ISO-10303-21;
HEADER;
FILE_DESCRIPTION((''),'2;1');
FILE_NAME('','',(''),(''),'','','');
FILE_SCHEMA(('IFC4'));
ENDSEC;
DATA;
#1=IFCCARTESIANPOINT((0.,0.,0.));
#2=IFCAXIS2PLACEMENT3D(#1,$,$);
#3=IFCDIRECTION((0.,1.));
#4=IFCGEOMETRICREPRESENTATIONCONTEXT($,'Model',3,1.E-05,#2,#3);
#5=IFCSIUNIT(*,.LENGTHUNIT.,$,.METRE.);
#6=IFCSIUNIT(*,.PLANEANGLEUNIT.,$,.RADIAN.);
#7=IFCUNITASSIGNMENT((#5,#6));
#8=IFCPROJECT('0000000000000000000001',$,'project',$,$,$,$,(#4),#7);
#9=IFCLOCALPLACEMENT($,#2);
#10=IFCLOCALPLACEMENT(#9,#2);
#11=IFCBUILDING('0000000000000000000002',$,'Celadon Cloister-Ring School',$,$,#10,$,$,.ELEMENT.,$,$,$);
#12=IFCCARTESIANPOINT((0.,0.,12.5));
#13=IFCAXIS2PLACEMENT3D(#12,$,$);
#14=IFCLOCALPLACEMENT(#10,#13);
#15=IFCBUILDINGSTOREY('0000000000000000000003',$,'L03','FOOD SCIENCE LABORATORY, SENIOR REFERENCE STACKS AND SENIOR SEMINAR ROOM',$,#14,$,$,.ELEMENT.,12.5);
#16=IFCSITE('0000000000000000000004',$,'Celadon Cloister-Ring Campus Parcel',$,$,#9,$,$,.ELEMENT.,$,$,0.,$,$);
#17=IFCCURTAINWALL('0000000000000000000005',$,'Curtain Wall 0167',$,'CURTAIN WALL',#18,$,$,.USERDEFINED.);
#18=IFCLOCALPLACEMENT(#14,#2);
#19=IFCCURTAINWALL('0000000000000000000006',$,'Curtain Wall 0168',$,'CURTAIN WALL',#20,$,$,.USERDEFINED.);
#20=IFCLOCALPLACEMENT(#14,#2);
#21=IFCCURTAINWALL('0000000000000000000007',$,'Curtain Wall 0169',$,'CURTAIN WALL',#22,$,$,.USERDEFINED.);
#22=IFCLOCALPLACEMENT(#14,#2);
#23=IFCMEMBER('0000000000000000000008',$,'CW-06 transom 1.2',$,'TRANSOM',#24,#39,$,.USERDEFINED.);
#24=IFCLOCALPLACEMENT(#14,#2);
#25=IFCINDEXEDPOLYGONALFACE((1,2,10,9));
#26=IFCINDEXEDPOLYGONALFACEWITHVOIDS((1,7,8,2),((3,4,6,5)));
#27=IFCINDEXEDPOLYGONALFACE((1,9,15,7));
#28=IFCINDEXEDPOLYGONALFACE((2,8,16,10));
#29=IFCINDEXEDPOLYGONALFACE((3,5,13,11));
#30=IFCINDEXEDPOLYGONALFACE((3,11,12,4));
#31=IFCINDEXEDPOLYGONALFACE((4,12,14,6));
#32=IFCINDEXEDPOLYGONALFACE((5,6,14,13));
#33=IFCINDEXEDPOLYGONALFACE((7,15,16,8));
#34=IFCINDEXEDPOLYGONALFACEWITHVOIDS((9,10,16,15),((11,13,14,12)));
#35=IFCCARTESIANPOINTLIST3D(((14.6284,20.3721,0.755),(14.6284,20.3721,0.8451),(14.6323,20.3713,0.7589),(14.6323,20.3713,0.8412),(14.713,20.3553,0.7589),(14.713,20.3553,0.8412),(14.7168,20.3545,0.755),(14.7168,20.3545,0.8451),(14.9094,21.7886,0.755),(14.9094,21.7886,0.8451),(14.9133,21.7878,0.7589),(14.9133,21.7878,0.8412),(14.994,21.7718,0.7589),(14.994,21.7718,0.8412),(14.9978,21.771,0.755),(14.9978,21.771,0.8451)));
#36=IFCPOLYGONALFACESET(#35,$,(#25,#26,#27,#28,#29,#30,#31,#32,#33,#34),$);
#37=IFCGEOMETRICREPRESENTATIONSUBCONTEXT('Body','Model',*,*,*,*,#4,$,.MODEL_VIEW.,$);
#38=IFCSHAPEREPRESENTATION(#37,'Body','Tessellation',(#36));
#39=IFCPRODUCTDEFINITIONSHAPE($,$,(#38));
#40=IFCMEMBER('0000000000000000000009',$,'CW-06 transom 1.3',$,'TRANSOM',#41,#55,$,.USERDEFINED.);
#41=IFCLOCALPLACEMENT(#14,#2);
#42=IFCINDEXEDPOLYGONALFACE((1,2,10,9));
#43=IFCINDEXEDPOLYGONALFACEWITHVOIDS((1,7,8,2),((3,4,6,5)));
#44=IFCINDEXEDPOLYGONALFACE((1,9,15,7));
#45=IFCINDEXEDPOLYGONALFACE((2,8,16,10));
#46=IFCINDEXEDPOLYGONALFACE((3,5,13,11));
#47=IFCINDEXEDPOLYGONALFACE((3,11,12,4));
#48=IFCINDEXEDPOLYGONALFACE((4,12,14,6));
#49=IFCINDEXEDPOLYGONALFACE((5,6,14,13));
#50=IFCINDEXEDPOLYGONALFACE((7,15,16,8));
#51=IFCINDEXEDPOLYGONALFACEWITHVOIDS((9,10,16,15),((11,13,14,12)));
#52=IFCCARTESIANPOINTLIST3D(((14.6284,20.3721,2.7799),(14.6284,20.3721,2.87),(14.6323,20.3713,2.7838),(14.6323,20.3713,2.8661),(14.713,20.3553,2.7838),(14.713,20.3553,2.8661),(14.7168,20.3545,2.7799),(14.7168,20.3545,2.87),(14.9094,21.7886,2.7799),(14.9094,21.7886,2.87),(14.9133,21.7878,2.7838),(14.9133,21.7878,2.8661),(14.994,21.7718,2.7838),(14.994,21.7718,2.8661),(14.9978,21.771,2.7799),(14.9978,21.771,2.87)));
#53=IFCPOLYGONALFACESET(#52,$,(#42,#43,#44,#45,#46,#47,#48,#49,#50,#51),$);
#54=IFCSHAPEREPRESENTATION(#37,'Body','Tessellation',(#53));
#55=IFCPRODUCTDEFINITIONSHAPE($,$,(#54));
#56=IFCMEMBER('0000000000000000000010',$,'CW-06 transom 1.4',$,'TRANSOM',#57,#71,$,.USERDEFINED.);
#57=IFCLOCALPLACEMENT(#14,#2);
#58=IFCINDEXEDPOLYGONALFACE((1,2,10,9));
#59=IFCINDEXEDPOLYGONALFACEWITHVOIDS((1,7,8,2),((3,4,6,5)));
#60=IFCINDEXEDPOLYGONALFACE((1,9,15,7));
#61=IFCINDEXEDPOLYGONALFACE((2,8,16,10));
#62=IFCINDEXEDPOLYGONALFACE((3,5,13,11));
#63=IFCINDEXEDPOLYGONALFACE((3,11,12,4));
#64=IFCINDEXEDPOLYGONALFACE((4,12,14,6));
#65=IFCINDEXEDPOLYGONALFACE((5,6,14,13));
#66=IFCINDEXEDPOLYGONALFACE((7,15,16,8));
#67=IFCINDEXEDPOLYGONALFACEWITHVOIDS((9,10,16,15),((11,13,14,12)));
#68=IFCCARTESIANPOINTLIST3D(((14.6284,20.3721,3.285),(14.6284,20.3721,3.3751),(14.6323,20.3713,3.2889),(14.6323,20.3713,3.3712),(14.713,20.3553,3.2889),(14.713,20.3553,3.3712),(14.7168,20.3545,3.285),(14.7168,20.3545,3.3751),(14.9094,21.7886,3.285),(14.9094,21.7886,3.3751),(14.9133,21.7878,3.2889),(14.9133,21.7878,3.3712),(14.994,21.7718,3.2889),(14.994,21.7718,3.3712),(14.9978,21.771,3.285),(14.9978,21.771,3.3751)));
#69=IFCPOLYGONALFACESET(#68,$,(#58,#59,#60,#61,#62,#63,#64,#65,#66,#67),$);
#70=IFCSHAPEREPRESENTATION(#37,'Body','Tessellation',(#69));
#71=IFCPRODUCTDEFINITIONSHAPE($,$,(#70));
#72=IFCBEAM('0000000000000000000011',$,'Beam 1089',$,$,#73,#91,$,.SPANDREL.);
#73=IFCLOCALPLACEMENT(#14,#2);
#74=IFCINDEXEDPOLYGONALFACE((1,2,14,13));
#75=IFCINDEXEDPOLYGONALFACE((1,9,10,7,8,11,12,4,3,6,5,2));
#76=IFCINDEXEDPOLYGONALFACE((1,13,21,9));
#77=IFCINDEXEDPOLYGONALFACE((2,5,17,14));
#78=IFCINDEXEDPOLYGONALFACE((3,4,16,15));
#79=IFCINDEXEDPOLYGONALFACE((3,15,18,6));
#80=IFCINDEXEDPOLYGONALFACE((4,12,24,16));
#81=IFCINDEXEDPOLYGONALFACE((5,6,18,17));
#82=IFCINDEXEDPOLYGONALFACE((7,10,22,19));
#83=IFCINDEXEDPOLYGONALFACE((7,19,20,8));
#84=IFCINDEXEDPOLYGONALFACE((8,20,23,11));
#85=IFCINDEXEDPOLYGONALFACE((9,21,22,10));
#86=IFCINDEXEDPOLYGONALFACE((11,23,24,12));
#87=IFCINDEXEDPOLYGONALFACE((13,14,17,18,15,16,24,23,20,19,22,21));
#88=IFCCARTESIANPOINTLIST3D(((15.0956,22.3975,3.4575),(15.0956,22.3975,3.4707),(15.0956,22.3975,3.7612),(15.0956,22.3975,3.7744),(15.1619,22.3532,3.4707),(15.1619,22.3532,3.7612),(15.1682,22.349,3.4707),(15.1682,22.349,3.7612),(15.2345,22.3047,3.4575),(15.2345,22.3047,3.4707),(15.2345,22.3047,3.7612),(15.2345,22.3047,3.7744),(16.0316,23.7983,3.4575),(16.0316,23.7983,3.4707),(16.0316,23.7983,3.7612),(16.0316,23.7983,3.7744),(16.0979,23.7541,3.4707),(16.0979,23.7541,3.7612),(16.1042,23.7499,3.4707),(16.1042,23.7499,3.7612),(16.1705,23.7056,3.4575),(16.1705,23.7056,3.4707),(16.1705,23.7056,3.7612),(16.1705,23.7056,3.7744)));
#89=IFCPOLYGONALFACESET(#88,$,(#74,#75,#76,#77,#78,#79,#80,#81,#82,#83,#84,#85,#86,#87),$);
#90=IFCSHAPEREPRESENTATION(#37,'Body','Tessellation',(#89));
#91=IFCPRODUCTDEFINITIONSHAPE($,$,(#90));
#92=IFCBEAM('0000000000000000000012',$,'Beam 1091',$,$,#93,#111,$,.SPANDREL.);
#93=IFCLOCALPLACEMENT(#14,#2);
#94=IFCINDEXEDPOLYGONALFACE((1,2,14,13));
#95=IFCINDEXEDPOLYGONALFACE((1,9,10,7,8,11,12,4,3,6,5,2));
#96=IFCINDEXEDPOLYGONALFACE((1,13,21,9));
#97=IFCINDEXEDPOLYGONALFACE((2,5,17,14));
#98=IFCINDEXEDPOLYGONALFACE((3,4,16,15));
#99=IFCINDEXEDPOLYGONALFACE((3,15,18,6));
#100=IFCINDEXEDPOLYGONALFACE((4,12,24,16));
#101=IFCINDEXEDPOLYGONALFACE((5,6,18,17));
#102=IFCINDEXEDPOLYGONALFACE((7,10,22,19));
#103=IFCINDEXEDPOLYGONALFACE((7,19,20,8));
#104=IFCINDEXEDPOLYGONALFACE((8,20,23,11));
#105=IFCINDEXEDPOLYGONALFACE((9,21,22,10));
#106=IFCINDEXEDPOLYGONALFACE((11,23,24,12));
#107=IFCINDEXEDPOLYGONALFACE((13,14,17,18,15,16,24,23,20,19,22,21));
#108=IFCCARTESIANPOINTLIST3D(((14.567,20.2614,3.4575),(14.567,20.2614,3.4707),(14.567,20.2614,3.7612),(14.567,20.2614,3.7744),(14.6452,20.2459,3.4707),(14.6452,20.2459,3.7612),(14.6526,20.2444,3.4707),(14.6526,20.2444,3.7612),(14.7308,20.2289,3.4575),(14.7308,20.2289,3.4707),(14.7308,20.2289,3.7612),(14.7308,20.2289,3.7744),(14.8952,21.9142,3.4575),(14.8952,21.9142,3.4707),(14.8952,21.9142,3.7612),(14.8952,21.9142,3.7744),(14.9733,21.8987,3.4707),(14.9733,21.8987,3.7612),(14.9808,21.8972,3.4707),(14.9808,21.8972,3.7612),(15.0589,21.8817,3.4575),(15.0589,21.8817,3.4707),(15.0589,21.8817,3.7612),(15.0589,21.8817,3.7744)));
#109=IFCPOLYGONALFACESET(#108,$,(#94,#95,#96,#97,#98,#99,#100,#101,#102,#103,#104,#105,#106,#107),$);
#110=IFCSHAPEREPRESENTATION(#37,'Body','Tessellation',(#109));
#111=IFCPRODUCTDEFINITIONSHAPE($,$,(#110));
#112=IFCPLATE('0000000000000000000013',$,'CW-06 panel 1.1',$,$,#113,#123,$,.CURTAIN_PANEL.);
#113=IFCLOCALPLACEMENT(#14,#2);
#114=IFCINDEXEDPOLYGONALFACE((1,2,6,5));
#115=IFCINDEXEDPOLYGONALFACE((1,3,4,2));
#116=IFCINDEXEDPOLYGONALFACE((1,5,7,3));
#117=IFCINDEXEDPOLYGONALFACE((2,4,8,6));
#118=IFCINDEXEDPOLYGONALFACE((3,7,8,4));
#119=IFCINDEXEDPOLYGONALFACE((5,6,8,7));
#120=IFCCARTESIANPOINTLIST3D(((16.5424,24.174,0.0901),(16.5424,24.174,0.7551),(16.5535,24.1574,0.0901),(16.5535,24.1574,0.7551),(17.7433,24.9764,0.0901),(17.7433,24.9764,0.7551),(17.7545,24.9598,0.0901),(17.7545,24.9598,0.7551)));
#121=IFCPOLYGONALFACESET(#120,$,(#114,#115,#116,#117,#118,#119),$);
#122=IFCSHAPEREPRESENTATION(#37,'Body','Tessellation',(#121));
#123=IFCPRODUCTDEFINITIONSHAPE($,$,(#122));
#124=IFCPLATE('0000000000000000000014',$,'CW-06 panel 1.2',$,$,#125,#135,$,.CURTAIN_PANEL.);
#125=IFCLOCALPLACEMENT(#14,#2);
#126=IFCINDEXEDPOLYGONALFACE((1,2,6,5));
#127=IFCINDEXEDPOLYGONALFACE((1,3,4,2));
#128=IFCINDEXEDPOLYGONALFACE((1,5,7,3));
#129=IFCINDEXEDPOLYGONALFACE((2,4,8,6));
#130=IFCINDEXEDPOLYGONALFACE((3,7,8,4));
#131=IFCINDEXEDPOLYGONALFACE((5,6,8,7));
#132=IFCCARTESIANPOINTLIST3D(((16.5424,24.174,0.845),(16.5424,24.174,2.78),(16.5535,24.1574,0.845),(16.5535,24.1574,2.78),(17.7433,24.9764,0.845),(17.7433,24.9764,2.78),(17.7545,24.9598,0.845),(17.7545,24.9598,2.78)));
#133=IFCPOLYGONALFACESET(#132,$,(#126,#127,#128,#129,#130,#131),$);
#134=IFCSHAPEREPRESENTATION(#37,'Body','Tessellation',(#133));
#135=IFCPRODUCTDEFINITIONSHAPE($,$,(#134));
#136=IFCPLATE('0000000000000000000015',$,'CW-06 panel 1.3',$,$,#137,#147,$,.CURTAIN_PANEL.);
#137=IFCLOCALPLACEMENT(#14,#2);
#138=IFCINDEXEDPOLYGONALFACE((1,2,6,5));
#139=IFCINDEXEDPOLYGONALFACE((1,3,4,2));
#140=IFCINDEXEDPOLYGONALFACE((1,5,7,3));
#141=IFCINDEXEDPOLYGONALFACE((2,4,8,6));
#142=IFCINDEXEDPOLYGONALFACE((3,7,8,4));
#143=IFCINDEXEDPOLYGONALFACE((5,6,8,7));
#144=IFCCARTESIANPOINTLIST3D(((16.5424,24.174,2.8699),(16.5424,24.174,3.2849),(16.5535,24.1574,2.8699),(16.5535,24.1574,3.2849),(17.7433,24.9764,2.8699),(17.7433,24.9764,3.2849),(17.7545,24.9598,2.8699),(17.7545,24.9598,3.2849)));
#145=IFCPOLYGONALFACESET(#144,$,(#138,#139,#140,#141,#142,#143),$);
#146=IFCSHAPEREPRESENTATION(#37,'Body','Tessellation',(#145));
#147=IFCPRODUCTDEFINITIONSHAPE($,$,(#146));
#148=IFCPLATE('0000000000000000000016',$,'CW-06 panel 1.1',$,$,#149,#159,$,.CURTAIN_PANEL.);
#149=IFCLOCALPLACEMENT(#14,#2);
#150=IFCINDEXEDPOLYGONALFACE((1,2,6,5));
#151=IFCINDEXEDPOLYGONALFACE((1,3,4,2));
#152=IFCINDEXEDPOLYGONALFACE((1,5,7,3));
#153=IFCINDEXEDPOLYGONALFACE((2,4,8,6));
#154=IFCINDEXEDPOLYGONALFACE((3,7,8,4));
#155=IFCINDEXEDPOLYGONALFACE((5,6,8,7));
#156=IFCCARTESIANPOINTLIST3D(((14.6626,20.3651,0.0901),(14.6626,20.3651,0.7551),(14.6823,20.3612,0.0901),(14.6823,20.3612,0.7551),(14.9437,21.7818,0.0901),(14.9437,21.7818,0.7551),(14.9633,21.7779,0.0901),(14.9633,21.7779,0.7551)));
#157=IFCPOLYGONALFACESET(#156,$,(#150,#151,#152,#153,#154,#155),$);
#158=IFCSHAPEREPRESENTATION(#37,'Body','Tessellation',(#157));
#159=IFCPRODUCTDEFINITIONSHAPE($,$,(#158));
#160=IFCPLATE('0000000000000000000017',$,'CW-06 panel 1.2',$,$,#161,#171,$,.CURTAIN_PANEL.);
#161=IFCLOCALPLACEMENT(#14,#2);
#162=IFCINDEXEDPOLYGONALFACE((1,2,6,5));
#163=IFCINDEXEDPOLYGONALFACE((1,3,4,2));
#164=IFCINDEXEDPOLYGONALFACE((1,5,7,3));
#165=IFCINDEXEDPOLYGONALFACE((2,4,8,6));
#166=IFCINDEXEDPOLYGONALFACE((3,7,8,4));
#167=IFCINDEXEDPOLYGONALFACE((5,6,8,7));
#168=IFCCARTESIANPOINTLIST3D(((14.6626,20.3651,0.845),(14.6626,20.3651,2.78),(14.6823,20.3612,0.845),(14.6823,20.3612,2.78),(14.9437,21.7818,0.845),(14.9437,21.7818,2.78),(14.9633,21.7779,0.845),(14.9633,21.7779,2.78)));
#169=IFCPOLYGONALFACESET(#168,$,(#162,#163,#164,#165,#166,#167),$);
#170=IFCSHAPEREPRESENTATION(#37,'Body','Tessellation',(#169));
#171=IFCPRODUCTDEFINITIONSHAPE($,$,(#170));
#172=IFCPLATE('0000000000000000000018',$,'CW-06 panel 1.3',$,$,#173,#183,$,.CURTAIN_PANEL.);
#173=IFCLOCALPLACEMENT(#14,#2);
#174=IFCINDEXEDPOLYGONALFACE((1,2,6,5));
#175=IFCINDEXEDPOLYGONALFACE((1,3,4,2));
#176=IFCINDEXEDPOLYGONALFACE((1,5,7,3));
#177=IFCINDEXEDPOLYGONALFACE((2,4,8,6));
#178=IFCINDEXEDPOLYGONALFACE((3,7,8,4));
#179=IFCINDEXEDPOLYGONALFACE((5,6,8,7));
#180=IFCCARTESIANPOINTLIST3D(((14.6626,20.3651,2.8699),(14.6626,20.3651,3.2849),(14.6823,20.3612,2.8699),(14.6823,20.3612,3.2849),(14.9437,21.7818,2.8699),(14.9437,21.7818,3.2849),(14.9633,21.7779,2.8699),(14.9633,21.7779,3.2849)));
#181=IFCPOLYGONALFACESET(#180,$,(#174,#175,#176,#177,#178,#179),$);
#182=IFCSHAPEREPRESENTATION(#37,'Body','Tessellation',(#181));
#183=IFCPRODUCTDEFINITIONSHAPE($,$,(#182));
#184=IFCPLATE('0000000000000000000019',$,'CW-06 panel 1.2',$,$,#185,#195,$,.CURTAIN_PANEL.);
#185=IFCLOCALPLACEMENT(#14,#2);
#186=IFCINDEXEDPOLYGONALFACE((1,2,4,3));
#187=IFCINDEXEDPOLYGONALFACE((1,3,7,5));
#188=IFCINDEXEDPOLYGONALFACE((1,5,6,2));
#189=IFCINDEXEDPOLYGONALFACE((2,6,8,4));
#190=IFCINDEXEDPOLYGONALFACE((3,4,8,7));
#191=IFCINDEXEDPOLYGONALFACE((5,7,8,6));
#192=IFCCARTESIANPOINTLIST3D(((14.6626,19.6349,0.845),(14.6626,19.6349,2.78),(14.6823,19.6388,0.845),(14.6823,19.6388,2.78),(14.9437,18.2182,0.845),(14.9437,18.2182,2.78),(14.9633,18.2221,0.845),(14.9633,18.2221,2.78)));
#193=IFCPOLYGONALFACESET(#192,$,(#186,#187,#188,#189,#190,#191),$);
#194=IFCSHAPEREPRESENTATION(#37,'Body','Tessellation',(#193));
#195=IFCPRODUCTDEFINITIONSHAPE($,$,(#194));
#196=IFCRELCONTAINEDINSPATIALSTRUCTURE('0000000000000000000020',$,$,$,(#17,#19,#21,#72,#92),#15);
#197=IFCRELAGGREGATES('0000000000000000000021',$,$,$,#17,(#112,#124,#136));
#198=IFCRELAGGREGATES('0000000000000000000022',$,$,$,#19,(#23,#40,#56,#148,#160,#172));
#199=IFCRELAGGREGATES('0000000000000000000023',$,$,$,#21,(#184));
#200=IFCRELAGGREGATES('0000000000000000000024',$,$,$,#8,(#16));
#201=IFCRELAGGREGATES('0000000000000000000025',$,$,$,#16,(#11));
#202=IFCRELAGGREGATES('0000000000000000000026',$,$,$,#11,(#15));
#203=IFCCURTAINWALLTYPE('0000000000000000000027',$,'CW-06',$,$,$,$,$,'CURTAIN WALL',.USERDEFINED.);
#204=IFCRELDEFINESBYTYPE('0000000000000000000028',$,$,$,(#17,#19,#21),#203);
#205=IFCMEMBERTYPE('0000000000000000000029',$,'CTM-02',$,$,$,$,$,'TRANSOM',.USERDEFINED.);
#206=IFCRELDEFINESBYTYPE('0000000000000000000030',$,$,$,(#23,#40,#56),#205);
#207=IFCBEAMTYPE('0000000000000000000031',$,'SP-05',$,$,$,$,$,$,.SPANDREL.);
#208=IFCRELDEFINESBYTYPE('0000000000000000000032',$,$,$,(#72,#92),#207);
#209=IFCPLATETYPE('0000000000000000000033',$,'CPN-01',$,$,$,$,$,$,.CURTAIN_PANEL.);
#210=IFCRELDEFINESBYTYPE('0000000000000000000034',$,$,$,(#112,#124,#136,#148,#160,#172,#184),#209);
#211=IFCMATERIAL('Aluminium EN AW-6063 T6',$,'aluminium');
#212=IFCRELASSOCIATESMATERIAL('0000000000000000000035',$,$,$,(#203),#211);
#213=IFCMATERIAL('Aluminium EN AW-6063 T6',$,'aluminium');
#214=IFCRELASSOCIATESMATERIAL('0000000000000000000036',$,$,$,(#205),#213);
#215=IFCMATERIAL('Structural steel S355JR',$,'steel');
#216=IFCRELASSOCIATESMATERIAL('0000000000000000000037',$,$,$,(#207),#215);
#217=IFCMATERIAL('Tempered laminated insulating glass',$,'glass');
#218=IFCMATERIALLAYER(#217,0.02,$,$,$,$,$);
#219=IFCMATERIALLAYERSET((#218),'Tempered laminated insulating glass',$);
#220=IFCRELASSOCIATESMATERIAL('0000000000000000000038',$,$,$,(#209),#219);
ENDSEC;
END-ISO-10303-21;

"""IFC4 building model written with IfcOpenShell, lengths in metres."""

from ifc_helpers import new_model, si_unit, direction, frame, origin, origin_2d, place, context, subcontext, project, spatial, rectangle, hollow_rectangle, i_section, extrude, material, layer, layer_set, material_profile, profile_set, type_object, element, aggregate, save


model = new_model("IFC4")

# Units and contexts
model_context = context("Model", 3, precision=1e-05, world=origin(), true_north=direction((0.0, 1.0)))
body_context = subcontext(model_context, "Body", "Model", "MODEL_VIEW")
ifc_project = project(units=[si_unit("LENGTHUNIT", "METRE"), si_unit("PLANEANGLEUNIT", "RADIAN")], contexts=[model_context])

# Site, building, storey
site_placement = place(None, origin())
site = spatial("IfcSite", under=ifc_project, at=site_placement, Name="Celadon Cloister-Ring Campus Parcel", CompositionType="ELEMENT", RefElevation=0.0)
building_placement = place(site_placement, origin())
building = spatial("IfcBuilding", under=site, at=building_placement, Name="Celadon Cloister-Ring School", CompositionType="ELEMENT")
storey_placement = place(building_placement, frame((0.0, 0.0, 12.5)))
storey = spatial("IfcBuildingStorey", under=building, at=storey_placement, Name="L03", Description="FOOD SCIENCE LABORATORY, SENIOR REFERENCE STACKS AND SENIOR SEMINAR ROOM", CompositionType="ELEMENT", Elevation=12.5)

# Curtain walls
ifc_material_1 = material(Name="Aluminium EN AW-6063 T6", Category="aluminium")
curtain_wall_type = type_object("IfcCurtainWallType", Name="CW-06", ElementType="CURTAIN WALL", PredefinedType="USERDEFINED", material=ifc_material_1)
curtain_wall_1_placement = place(storey_placement, origin())
curtain_wall_1 = element("IfcCurtainWall", 1, at=curtain_wall_1_placement, inside=storey, type_object=curtain_wall_type, Name="Curtain Wall 0167", ObjectType="CURTAIN WALL", PredefinedType="USERDEFINED")
curtain_wall_2_placement = place(storey_placement, origin())
curtain_wall_2 = element("IfcCurtainWall", 2, at=curtain_wall_2_placement, inside=storey, type_object=curtain_wall_type, Name="Curtain Wall 0168", ObjectType="CURTAIN WALL", PredefinedType="USERDEFINED")
curtain_wall_3_placement = place(storey_placement, origin())
curtain_wall_3 = element("IfcCurtainWall", 3, at=curtain_wall_3_placement, inside=storey, type_object=curtain_wall_type, Name="Curtain Wall 0169", ObjectType="CURTAIN WALL", PredefinedType="USERDEFINED")

# Members
ifc_material_2 = material(Name="Aluminium EN AW-6063 T6", Category="aluminium")
ifc_material_profile_1 = material_profile(ifc_material_2, hollow_rectangle(XDim=0.0901, YDim=0.0901, WallThickness=0.0039, at=origin_2d()), Name="RHS90X90X4")
ifc_profile_set_1 = profile_set([ifc_material_profile_1], Name="Aluminium EN AW-6063 T6")
member_type_1 = type_object("IfcMemberType", Name="CTM-02", ElementType="TRANSOM", PredefinedType="USERDEFINED", material=ifc_profile_set_1)
member_1_placement = place(storey_placement, frame((14.9536, 21.7798, 0.8), z_axis=(-0.194588, -0.980885, 0.0), x_axis=(0.980885, -0.194588, 0.0)))
member_1 = element("IfcMember", 4, at=member_1_placement, type_object=member_type_1, Name="CW-06 transom 1.2", ObjectType="TRANSOM", PredefinedType="USERDEFINED", context=body_context, shape_type="SweptSolid", body=[
    extrude(hollow_rectangle(XDim=0.0901, YDim=0.0901, WallThickness=0.0039, at=origin_2d()), origin(), (0.0, 0.0, 1.0), 1.4441),
])
member_2_placement = place(storey_placement, frame((14.9536, 21.7798, 2.825), z_axis=(-0.194588, -0.980885, 0.0), x_axis=(0.980885, -0.194588, 0.0)))
member_2 = element("IfcMember", 5, at=member_2_placement, type_object=member_type_1, Name="CW-06 transom 1.3", ObjectType="TRANSOM", PredefinedType="USERDEFINED", context=body_context, shape_type="SweptSolid", body=[
    extrude(hollow_rectangle(XDim=0.0901, YDim=0.0901, WallThickness=0.0039, at=origin_2d()), origin(), (0.0, 0.0, 1.0), 1.4441),
])
member_3_placement = place(storey_placement, frame((14.9536, 21.7798, 3.3301), z_axis=(-0.194588, -0.980885, 0.0), x_axis=(0.980885, -0.194588, 0.0)))
member_3 = element("IfcMember", 6, at=member_3_placement, type_object=member_type_1, Name="CW-06 transom 1.4", ObjectType="TRANSOM", PredefinedType="USERDEFINED", context=body_context, shape_type="SweptSolid", body=[
    extrude(hollow_rectangle(XDim=0.0901, YDim=0.0901, WallThickness=0.0039, at=origin_2d()), origin(), (0.0, 0.0, 1.0), 1.4441),
])

# Beams
ifc_material_3 = material(Name="Structural steel S355JR", Category="steel")
ifc_material_profile_2 = material_profile(ifc_material_3, i_section(OverallWidth=0.167, OverallDepth=0.3169, WebThickness=0.0076, FlangeThickness=0.0132, at=origin_2d()), Name="W310X52")
ifc_profile_set_2 = profile_set([ifc_material_profile_2], Name="Structural steel S355JR")
beam_type = type_object("IfcBeamType", Name="SP-05", PredefinedType="SPANDREL", material=ifc_profile_set_2)
beam_1_placement = place(storey_placement, frame((16.1011, 23.752, 3.616), z_axis=(-0.555569, -0.83147, 0.0), x_axis=(0.83147, -0.555569, 0.0)))
element("IfcBeam", 7, at=beam_1_placement, inside=storey, type_object=beam_type, Name="Beam 1089", PredefinedType="SPANDREL", context=body_context, shape_type="SweptSolid", body=[
    extrude(i_section(OverallWidth=0.167, OverallDepth=0.3169, WebThickness=0.0076, FlangeThickness=0.0132, at=origin_2d()), origin(), (0.0, 0.0, 1.0), 1.6848),
])
beam_2_placement = place(storey_placement, frame((14.9771, 21.8979, 3.616), z_axis=(-0.194723, -0.980858, 0.0), x_axis=(0.980858, -0.194723, 0.0)))
element("IfcBeam", 8, at=beam_2_placement, inside=storey, type_object=beam_type, Name="Beam 1091", PredefinedType="SPANDREL", context=body_context, shape_type="SweptSolid", body=[
    extrude(i_section(OverallWidth=0.167, OverallDepth=0.3169, WebThickness=0.0076, FlangeThickness=0.0132, at=origin_2d()), origin(), (0.0, 0.0, 1.0), 1.6851),
])

# Plates
ifc_material_4 = material(Name="Tempered laminated insulating glass", Category="glass")
ifc_layer_1 = layer(ifc_material_4, 0.02)
ifc_layer_set_1 = layer_set([ifc_layer_1], Name="Tempered laminated insulating glass")
plate_type = type_object("IfcPlateType", Name="CPN-01", PredefinedType="CURTAIN_PANEL", material=ifc_layer_set_1)
plate_1_placement = place(storey_placement, frame((17.1484, 24.5669, 0.0901), z_axis=(0.0, 0.0, 1.0), x_axis=(-0.831485, -0.555547, 0.0)))
plate_1 = element("IfcPlate", 9, at=plate_1_placement, type_object=plate_type, Name="CW-06 panel 1.1", PredefinedType="CURTAIN_PANEL", context=body_context, shape_type="SweptSolid", body=[
    extrude(rectangle(XDim=1.4443, YDim=0.02, at=origin_2d()), origin(), (0.0, 0.0, 1.0), 0.665),
])
plate_2_placement = place(storey_placement, frame((17.1484, 24.5669, 0.845), z_axis=(0.0, 0.0, 1.0), x_axis=(-0.831485, -0.555547, 0.0)))
plate_2 = element("IfcPlate", 10, at=plate_2_placement, type_object=plate_type, Name="CW-06 panel 1.2", PredefinedType="CURTAIN_PANEL", context=body_context, shape_type="SweptSolid", body=[
    extrude(rectangle(XDim=1.4443, YDim=0.02, at=origin_2d()), origin(), (0.0, 0.0, 1.0), 1.9351),
])
plate_3_placement = place(storey_placement, frame((17.1484, 24.5669, 2.8699), z_axis=(0.0, 0.0, 1.0), x_axis=(-0.831485, -0.555547, 0.0)))
plate_3 = element("IfcPlate", 11, at=plate_3_placement, type_object=plate_type, Name="CW-06 panel 1.3", PredefinedType="CURTAIN_PANEL", context=body_context, shape_type="SweptSolid", body=[
    extrude(rectangle(XDim=1.4443, YDim=0.02, at=origin_2d()), origin(), (0.0, 0.0, 1.0), 0.415),
])
aggregate(curtain_wall_1, [plate_1, plate_2, plate_3])
plate_4_placement = place(storey_placement, frame((14.813, 21.0715, 0.0901), z_axis=(0.0, 0.0, 1.0), x_axis=(-0.194586, -0.980885, 0.0)))
plate_4 = element("IfcPlate", 12, at=plate_4_placement, type_object=plate_type, Name="CW-06 panel 1.1", PredefinedType="CURTAIN_PANEL", context=body_context, shape_type="SweptSolid", body=[
    extrude(rectangle(XDim=1.4443, YDim=0.02, at=origin_2d()), origin(), (0.0, 0.0, 1.0), 0.665),
])
plate_5_placement = place(storey_placement, frame((14.813, 21.0715, 0.845), z_axis=(0.0, 0.0, 1.0), x_axis=(-0.194586, -0.980885, 0.0)))
plate_5 = element("IfcPlate", 13, at=plate_5_placement, type_object=plate_type, Name="CW-06 panel 1.2", PredefinedType="CURTAIN_PANEL", context=body_context, shape_type="SweptSolid", body=[
    extrude(rectangle(XDim=1.4443, YDim=0.02, at=origin_2d()), origin(), (0.0, 0.0, 1.0), 1.9351),
])
plate_6_placement = place(storey_placement, frame((14.813, 21.0715, 2.8699), z_axis=(0.0, 0.0, 1.0), x_axis=(-0.194586, -0.980885, 0.0)))
plate_6 = element("IfcPlate", 14, at=plate_6_placement, type_object=plate_type, Name="CW-06 panel 1.3", PredefinedType="CURTAIN_PANEL", context=body_context, shape_type="SweptSolid", body=[
    extrude(rectangle(XDim=1.4443, YDim=0.02, at=origin_2d()), origin(), (0.0, 0.0, 1.0), 0.415),
])
aggregate(curtain_wall_2, [member_1, member_2, member_3, plate_4, plate_5, plate_6])
plate_7_placement = place(storey_placement, frame((14.813, 18.9285, 0.845), z_axis=(0.0, 0.0, 1.0), x_axis=(0.194586, -0.980885, 0.0)))
plate_7 = element("IfcPlate", 15, at=plate_7_placement, type_object=plate_type, Name="CW-06 panel 1.2", PredefinedType="CURTAIN_PANEL", context=body_context, shape_type="SweptSolid", body=[
    extrude(rectangle(XDim=1.4443, YDim=0.02, at=origin_2d()), origin(), (0.0, 0.0, 1.0), 1.9351),
])
aggregate(curtain_wall_3, [plate_7])

save(model, "model.ifc")
